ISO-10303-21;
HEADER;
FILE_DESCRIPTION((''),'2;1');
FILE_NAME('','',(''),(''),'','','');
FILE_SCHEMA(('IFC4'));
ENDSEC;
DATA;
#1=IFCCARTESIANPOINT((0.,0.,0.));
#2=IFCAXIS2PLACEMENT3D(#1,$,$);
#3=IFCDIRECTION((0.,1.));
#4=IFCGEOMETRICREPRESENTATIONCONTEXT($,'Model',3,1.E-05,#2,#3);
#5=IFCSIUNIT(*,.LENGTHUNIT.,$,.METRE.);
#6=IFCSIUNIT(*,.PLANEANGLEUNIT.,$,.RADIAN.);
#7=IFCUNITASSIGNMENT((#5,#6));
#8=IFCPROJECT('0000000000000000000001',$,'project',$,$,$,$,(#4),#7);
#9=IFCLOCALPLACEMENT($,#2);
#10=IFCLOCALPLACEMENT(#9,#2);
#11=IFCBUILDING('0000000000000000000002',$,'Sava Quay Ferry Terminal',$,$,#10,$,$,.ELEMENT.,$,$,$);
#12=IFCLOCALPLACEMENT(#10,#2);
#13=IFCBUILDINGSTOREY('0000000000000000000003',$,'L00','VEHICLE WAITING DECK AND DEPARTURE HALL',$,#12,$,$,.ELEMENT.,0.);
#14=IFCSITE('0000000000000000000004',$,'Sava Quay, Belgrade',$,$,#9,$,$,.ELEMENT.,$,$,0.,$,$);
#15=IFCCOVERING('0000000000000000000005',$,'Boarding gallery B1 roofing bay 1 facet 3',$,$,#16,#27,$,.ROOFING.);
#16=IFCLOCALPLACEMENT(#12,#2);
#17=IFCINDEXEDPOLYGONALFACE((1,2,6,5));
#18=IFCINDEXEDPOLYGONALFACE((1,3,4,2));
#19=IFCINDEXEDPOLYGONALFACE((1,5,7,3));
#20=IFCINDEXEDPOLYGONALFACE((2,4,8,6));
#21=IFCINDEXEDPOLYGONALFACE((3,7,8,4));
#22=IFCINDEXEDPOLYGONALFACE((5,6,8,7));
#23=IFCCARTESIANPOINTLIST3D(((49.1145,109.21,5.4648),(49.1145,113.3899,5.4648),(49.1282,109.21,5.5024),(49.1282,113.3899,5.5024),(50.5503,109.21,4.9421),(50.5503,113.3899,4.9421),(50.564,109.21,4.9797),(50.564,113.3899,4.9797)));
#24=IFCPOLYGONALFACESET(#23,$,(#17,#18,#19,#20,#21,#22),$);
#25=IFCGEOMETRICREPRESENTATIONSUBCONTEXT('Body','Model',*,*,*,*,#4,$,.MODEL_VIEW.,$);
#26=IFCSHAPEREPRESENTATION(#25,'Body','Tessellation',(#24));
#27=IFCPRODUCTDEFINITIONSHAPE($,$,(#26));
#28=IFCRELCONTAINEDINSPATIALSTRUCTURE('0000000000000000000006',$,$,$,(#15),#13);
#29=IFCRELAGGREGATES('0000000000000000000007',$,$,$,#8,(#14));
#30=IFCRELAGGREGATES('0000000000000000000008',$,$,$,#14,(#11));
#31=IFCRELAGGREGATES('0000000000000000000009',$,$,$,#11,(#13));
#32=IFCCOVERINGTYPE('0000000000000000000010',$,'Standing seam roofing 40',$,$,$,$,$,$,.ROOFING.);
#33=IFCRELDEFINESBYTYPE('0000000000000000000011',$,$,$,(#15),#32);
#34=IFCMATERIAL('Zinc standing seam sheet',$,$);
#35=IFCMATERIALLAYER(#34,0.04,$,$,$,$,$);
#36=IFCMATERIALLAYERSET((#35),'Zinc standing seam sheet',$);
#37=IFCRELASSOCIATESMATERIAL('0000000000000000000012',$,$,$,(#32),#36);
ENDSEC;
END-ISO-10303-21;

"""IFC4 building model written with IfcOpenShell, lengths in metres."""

from ifc_helpers import new_model, si_unit, direction, frame, origin, place, context, subcontext, project, spatial, polyline, outline, extrude, material, layer, layer_set, type_object, element, save


model = new_model("IFC4")

# Units and contexts
model_context = context("Model", 3, precision=1e-05, world=origin(), true_north=direction((0.0, 1.0)))
body_context = subcontext(model_context, "Body", "Model", "MODEL_VIEW")
ifc_project = project(units=[si_unit("LENGTHUNIT", "METRE"), si_unit("PLANEANGLEUNIT", "RADIAN")], contexts=[model_context])

# Site, building, storey
site_placement = place(None, origin())
site = spatial("IfcSite", under=ifc_project, at=site_placement, Name="Sava Quay, Belgrade", CompositionType="ELEMENT", RefElevation=0.0)
building_placement = place(site_placement, origin())
building = spatial("IfcBuilding", under=site, at=building_placement, Name="Sava Quay Ferry Terminal", CompositionType="ELEMENT")
storey_placement = place(building_placement, origin())
storey = spatial("IfcBuildingStorey", under=building, at=storey_placement, Name="L00", Description="VEHICLE WAITING DECK AND DEPARTURE HALL", CompositionType="ELEMENT", Elevation=0.0)

# Covering
ifc_material_1 = material(Name="Zinc standing seam sheet")
ifc_layer_1 = layer(ifc_material_1, 0.04)
ifc_layer_set_1 = layer_set([ifc_layer_1], Name="Zinc standing seam sheet")
covering_type_1 = type_object("IfcCoveringType", Name="Standing seam roofing 40", PredefinedType="ROOFING", material=ifc_layer_set_1)
covering_1_placement = place(storey_placement, frame((49.1282, 109.21, 5.5024), z_axis=(0.342089, 0.0, 0.939667), x_axis=(0.939667, 0.0, -0.342089)))
element("IfcCovering", 1, at=covering_1_placement, inside=storey, type_object=covering_type_1, Name="Boarding gallery B1 roofing bay 1 facet 3", PredefinedType="ROOFING", context=body_context, shape_type="SweptSolid", body=[
    extrude(outline(polyline([(0.0, 0.0), (1.528, 0.0), (1.528, 4.1799), (0.0, 4.1799), (0.0, 0.0)])), origin(), (0.0, 0.0, -1.0), 0.04),
])

save(model, "model.ifc")
